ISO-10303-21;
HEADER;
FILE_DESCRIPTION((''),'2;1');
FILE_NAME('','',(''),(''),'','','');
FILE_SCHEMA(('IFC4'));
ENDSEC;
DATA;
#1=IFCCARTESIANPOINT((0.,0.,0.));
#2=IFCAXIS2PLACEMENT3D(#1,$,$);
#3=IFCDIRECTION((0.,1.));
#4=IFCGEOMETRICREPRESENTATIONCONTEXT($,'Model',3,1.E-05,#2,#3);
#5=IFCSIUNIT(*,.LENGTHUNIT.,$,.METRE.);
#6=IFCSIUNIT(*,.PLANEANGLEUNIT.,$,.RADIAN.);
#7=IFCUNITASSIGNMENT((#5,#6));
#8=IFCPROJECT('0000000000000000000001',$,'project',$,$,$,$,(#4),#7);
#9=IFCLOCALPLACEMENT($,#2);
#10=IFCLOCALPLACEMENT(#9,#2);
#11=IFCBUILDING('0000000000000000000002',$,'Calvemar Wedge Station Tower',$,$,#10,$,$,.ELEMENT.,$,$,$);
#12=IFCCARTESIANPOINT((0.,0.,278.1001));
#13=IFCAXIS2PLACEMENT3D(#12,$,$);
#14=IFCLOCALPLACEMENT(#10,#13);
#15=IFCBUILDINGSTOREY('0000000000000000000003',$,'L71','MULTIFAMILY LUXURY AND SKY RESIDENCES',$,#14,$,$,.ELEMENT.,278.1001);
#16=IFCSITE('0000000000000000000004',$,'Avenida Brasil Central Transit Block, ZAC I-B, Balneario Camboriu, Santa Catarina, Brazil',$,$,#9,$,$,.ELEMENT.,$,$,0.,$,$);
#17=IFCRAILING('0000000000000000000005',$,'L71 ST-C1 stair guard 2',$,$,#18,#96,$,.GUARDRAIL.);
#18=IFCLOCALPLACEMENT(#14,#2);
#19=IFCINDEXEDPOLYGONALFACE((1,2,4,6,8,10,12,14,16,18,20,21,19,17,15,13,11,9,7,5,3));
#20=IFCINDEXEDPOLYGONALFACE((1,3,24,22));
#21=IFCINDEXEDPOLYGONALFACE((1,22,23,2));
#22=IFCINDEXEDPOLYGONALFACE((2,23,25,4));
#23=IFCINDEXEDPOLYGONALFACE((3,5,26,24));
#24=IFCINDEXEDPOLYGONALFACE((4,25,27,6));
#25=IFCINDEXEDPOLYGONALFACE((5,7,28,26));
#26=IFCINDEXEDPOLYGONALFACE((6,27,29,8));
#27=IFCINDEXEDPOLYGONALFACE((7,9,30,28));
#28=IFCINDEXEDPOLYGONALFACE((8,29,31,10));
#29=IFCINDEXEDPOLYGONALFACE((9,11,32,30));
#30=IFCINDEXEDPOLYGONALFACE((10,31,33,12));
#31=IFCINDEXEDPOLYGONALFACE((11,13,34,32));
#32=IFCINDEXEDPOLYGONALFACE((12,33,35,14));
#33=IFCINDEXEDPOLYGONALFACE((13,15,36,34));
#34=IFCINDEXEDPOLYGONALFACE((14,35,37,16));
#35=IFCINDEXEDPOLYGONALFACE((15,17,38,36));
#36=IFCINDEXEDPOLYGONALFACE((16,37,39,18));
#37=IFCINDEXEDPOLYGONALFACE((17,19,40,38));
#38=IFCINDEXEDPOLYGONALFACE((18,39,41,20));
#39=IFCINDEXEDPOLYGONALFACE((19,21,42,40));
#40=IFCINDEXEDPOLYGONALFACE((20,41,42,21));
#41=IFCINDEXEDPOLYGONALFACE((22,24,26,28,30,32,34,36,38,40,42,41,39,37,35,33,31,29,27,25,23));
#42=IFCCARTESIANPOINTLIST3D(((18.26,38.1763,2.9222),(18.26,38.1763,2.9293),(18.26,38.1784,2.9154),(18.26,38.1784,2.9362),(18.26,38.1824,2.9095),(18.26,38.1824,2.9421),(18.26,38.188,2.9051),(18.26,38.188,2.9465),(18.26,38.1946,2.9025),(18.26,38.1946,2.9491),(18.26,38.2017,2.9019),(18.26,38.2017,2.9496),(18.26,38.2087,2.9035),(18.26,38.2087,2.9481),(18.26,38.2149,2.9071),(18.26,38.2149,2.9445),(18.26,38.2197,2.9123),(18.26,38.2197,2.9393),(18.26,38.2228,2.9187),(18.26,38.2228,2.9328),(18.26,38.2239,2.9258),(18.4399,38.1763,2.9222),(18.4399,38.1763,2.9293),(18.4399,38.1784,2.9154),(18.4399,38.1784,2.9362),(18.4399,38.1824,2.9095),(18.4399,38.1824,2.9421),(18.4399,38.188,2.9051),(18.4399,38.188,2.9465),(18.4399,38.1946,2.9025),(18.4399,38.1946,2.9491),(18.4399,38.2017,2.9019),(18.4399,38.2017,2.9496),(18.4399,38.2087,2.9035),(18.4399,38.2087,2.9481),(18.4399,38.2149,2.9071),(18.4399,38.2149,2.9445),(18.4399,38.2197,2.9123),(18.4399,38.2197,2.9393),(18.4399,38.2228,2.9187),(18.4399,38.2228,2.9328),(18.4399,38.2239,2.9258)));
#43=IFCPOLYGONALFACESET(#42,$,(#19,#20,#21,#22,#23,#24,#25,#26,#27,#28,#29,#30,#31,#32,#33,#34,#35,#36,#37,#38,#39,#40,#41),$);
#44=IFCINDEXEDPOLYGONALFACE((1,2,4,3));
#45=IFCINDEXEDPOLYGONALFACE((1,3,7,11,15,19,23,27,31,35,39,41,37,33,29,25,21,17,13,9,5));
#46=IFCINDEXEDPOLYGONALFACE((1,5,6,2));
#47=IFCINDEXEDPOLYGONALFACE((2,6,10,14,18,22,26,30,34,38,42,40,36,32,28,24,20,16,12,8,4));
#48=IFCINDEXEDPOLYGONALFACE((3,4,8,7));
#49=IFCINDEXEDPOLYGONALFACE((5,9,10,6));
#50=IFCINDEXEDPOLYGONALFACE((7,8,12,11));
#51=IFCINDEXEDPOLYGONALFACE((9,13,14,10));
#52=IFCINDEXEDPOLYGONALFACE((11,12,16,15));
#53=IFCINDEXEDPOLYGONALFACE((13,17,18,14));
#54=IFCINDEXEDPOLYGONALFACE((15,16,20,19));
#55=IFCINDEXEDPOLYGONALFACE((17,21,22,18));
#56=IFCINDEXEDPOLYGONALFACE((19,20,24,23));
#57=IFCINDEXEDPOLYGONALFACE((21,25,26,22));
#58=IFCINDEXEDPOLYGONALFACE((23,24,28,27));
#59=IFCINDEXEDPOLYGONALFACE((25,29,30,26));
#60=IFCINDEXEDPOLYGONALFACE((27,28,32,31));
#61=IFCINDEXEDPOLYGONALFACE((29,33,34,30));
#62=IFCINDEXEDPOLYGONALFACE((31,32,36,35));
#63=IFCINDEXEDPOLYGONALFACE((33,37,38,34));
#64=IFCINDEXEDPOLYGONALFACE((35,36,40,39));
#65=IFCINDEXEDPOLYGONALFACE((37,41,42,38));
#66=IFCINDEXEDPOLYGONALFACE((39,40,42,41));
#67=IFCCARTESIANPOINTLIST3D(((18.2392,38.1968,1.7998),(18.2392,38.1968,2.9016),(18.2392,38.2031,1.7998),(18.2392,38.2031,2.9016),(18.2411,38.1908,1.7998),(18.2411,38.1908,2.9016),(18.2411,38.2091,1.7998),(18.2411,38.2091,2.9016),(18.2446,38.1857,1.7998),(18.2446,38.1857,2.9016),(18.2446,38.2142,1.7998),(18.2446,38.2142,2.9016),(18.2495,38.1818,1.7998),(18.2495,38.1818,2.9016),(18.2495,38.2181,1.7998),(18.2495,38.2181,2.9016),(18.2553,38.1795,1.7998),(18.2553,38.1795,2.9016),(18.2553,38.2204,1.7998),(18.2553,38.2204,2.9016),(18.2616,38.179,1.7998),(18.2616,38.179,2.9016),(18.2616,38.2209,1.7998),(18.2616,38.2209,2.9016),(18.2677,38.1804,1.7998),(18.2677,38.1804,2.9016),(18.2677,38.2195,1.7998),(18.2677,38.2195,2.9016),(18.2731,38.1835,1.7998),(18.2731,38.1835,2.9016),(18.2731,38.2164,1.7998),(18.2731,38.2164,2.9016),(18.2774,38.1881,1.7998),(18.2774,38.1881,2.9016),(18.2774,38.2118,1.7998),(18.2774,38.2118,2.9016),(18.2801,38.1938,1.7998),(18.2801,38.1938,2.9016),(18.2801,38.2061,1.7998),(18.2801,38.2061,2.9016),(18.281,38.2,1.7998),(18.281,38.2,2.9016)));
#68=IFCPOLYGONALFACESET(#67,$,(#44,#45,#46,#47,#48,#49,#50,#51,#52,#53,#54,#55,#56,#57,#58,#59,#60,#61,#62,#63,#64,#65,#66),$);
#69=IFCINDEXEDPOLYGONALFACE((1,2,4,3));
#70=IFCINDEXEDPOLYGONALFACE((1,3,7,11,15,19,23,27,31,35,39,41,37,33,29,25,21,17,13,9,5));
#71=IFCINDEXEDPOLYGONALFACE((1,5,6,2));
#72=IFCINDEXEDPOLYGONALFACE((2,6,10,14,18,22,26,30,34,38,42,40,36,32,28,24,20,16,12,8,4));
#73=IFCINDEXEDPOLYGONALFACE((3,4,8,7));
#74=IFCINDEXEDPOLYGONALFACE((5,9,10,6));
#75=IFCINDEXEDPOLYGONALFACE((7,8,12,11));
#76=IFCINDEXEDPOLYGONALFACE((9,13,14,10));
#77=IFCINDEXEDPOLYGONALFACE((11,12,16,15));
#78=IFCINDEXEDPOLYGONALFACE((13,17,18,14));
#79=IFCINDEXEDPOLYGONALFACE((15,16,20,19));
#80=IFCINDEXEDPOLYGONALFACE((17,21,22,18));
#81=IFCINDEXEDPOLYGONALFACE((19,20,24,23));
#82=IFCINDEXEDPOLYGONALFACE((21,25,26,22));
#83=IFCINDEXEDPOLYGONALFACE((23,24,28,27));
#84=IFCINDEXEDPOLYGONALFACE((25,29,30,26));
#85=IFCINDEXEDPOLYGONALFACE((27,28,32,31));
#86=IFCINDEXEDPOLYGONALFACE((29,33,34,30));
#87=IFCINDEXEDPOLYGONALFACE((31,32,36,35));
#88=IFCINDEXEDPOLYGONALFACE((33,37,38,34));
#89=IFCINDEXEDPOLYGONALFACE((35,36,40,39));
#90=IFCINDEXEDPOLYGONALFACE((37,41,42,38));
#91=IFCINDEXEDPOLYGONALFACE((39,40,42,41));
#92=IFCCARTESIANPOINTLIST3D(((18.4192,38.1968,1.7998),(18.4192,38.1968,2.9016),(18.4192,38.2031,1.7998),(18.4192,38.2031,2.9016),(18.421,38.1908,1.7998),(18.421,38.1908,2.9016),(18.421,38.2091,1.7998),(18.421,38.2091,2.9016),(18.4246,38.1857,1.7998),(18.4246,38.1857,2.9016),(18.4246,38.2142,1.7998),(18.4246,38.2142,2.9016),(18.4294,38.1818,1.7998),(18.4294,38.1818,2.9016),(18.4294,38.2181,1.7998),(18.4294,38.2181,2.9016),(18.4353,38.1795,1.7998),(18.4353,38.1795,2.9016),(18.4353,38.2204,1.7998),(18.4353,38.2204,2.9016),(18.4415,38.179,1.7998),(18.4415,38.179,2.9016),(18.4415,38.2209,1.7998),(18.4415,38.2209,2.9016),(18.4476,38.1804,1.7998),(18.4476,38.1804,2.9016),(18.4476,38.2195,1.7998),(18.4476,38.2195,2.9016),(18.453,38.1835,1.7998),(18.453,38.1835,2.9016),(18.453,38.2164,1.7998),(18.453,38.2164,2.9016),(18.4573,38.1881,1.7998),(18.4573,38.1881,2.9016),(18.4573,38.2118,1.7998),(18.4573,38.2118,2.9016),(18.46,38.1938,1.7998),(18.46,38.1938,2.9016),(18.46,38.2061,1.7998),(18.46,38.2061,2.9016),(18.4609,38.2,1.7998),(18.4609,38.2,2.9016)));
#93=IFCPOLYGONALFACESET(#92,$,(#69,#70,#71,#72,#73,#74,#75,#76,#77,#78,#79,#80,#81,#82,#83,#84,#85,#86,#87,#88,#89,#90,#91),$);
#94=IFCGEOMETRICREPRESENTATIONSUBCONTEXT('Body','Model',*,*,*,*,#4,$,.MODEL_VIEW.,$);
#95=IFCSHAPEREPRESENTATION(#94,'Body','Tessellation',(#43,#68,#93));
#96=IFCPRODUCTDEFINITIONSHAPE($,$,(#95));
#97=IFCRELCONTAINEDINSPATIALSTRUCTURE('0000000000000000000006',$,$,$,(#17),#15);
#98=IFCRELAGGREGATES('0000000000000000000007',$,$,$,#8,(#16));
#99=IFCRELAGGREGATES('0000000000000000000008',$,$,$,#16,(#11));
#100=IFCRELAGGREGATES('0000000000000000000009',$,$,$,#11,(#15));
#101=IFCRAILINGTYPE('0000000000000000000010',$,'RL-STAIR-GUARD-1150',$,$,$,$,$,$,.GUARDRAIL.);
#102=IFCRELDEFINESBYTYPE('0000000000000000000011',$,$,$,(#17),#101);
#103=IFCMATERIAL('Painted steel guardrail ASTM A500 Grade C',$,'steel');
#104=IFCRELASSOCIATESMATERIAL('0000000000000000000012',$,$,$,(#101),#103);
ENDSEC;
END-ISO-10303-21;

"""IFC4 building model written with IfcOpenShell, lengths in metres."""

from ifc_helpers import new_model, si_unit, direction, frame, origin, origin_2d, place, context, subcontext, project, spatial, circle, extrude, material, type_object, element, save


model = new_model("IFC4")

# Units and contexts
model_context = context("Model", 3, precision=1e-05, world=origin(), true_north=direction((0.0, 1.0)))
body_context = subcontext(model_context, "Body", "Model", "MODEL_VIEW")
ifc_project = project(units=[si_unit("LENGTHUNIT", "METRE"), si_unit("PLANEANGLEUNIT", "RADIAN")], contexts=[model_context])

# Site, building, storey
site_placement = place(None, origin())
site = spatial("IfcSite", under=ifc_project, at=site_placement, Name="Avenida Brasil Central Transit Block, ZAC I-B, Balneario Camboriu, Santa Catarina, Brazil", CompositionType="ELEMENT", RefElevation=0.0)
building_placement = place(site_placement, origin())
building = spatial("IfcBuilding", under=site, at=building_placement, Name="Calvemar Wedge Station Tower", CompositionType="ELEMENT")
storey_placement = place(building_placement, frame((0.0, 0.0, 278.1001)))
storey = spatial("IfcBuildingStorey", under=building, at=storey_placement, Name="L71", Description="MULTIFAMILY LUXURY AND SKY RESIDENCES", CompositionType="ELEMENT", Elevation=278.1001)

# Railing
ifc_material_1 = material(Name="Painted steel guardrail ASTM A500 Grade C", Category="steel")
railing_type_1 = type_object("IfcRailingType", Name="RL-STAIR-GUARD-1150", PredefinedType="GUARDRAIL", material=ifc_material_1)
railing_1_placement = place(storey_placement, frame((18.26, 38.2, 1.7998)))
element("IfcRailing", 1, at=railing_1_placement, inside=storey, type_object=railing_type_1, Name="L71 ST-C1 stair guard 2", PredefinedType="GUARDRAIL", context=body_context, shape_type="SweptSolid", body=[
    extrude(circle(Radius=0.0239, at=origin_2d()), frame((0.0, 0.0, 1.126), z_axis=(1.0, 0.0, 0.0), x_axis=(0.0, 1.0, 0.0)), (0.0, 0.0, 1.0), 0.1799),
    extrude(circle(Radius=0.021, at=origin_2d()), origin(), (0.0, 0.0, 1.0), 1.1018),
    extrude(circle(Radius=0.021, at=origin_2d()), frame((0.1799, 0.0, 0.0)), (0.0, 0.0, 1.0), 1.1018),
])

save(model, "model.ifc")
